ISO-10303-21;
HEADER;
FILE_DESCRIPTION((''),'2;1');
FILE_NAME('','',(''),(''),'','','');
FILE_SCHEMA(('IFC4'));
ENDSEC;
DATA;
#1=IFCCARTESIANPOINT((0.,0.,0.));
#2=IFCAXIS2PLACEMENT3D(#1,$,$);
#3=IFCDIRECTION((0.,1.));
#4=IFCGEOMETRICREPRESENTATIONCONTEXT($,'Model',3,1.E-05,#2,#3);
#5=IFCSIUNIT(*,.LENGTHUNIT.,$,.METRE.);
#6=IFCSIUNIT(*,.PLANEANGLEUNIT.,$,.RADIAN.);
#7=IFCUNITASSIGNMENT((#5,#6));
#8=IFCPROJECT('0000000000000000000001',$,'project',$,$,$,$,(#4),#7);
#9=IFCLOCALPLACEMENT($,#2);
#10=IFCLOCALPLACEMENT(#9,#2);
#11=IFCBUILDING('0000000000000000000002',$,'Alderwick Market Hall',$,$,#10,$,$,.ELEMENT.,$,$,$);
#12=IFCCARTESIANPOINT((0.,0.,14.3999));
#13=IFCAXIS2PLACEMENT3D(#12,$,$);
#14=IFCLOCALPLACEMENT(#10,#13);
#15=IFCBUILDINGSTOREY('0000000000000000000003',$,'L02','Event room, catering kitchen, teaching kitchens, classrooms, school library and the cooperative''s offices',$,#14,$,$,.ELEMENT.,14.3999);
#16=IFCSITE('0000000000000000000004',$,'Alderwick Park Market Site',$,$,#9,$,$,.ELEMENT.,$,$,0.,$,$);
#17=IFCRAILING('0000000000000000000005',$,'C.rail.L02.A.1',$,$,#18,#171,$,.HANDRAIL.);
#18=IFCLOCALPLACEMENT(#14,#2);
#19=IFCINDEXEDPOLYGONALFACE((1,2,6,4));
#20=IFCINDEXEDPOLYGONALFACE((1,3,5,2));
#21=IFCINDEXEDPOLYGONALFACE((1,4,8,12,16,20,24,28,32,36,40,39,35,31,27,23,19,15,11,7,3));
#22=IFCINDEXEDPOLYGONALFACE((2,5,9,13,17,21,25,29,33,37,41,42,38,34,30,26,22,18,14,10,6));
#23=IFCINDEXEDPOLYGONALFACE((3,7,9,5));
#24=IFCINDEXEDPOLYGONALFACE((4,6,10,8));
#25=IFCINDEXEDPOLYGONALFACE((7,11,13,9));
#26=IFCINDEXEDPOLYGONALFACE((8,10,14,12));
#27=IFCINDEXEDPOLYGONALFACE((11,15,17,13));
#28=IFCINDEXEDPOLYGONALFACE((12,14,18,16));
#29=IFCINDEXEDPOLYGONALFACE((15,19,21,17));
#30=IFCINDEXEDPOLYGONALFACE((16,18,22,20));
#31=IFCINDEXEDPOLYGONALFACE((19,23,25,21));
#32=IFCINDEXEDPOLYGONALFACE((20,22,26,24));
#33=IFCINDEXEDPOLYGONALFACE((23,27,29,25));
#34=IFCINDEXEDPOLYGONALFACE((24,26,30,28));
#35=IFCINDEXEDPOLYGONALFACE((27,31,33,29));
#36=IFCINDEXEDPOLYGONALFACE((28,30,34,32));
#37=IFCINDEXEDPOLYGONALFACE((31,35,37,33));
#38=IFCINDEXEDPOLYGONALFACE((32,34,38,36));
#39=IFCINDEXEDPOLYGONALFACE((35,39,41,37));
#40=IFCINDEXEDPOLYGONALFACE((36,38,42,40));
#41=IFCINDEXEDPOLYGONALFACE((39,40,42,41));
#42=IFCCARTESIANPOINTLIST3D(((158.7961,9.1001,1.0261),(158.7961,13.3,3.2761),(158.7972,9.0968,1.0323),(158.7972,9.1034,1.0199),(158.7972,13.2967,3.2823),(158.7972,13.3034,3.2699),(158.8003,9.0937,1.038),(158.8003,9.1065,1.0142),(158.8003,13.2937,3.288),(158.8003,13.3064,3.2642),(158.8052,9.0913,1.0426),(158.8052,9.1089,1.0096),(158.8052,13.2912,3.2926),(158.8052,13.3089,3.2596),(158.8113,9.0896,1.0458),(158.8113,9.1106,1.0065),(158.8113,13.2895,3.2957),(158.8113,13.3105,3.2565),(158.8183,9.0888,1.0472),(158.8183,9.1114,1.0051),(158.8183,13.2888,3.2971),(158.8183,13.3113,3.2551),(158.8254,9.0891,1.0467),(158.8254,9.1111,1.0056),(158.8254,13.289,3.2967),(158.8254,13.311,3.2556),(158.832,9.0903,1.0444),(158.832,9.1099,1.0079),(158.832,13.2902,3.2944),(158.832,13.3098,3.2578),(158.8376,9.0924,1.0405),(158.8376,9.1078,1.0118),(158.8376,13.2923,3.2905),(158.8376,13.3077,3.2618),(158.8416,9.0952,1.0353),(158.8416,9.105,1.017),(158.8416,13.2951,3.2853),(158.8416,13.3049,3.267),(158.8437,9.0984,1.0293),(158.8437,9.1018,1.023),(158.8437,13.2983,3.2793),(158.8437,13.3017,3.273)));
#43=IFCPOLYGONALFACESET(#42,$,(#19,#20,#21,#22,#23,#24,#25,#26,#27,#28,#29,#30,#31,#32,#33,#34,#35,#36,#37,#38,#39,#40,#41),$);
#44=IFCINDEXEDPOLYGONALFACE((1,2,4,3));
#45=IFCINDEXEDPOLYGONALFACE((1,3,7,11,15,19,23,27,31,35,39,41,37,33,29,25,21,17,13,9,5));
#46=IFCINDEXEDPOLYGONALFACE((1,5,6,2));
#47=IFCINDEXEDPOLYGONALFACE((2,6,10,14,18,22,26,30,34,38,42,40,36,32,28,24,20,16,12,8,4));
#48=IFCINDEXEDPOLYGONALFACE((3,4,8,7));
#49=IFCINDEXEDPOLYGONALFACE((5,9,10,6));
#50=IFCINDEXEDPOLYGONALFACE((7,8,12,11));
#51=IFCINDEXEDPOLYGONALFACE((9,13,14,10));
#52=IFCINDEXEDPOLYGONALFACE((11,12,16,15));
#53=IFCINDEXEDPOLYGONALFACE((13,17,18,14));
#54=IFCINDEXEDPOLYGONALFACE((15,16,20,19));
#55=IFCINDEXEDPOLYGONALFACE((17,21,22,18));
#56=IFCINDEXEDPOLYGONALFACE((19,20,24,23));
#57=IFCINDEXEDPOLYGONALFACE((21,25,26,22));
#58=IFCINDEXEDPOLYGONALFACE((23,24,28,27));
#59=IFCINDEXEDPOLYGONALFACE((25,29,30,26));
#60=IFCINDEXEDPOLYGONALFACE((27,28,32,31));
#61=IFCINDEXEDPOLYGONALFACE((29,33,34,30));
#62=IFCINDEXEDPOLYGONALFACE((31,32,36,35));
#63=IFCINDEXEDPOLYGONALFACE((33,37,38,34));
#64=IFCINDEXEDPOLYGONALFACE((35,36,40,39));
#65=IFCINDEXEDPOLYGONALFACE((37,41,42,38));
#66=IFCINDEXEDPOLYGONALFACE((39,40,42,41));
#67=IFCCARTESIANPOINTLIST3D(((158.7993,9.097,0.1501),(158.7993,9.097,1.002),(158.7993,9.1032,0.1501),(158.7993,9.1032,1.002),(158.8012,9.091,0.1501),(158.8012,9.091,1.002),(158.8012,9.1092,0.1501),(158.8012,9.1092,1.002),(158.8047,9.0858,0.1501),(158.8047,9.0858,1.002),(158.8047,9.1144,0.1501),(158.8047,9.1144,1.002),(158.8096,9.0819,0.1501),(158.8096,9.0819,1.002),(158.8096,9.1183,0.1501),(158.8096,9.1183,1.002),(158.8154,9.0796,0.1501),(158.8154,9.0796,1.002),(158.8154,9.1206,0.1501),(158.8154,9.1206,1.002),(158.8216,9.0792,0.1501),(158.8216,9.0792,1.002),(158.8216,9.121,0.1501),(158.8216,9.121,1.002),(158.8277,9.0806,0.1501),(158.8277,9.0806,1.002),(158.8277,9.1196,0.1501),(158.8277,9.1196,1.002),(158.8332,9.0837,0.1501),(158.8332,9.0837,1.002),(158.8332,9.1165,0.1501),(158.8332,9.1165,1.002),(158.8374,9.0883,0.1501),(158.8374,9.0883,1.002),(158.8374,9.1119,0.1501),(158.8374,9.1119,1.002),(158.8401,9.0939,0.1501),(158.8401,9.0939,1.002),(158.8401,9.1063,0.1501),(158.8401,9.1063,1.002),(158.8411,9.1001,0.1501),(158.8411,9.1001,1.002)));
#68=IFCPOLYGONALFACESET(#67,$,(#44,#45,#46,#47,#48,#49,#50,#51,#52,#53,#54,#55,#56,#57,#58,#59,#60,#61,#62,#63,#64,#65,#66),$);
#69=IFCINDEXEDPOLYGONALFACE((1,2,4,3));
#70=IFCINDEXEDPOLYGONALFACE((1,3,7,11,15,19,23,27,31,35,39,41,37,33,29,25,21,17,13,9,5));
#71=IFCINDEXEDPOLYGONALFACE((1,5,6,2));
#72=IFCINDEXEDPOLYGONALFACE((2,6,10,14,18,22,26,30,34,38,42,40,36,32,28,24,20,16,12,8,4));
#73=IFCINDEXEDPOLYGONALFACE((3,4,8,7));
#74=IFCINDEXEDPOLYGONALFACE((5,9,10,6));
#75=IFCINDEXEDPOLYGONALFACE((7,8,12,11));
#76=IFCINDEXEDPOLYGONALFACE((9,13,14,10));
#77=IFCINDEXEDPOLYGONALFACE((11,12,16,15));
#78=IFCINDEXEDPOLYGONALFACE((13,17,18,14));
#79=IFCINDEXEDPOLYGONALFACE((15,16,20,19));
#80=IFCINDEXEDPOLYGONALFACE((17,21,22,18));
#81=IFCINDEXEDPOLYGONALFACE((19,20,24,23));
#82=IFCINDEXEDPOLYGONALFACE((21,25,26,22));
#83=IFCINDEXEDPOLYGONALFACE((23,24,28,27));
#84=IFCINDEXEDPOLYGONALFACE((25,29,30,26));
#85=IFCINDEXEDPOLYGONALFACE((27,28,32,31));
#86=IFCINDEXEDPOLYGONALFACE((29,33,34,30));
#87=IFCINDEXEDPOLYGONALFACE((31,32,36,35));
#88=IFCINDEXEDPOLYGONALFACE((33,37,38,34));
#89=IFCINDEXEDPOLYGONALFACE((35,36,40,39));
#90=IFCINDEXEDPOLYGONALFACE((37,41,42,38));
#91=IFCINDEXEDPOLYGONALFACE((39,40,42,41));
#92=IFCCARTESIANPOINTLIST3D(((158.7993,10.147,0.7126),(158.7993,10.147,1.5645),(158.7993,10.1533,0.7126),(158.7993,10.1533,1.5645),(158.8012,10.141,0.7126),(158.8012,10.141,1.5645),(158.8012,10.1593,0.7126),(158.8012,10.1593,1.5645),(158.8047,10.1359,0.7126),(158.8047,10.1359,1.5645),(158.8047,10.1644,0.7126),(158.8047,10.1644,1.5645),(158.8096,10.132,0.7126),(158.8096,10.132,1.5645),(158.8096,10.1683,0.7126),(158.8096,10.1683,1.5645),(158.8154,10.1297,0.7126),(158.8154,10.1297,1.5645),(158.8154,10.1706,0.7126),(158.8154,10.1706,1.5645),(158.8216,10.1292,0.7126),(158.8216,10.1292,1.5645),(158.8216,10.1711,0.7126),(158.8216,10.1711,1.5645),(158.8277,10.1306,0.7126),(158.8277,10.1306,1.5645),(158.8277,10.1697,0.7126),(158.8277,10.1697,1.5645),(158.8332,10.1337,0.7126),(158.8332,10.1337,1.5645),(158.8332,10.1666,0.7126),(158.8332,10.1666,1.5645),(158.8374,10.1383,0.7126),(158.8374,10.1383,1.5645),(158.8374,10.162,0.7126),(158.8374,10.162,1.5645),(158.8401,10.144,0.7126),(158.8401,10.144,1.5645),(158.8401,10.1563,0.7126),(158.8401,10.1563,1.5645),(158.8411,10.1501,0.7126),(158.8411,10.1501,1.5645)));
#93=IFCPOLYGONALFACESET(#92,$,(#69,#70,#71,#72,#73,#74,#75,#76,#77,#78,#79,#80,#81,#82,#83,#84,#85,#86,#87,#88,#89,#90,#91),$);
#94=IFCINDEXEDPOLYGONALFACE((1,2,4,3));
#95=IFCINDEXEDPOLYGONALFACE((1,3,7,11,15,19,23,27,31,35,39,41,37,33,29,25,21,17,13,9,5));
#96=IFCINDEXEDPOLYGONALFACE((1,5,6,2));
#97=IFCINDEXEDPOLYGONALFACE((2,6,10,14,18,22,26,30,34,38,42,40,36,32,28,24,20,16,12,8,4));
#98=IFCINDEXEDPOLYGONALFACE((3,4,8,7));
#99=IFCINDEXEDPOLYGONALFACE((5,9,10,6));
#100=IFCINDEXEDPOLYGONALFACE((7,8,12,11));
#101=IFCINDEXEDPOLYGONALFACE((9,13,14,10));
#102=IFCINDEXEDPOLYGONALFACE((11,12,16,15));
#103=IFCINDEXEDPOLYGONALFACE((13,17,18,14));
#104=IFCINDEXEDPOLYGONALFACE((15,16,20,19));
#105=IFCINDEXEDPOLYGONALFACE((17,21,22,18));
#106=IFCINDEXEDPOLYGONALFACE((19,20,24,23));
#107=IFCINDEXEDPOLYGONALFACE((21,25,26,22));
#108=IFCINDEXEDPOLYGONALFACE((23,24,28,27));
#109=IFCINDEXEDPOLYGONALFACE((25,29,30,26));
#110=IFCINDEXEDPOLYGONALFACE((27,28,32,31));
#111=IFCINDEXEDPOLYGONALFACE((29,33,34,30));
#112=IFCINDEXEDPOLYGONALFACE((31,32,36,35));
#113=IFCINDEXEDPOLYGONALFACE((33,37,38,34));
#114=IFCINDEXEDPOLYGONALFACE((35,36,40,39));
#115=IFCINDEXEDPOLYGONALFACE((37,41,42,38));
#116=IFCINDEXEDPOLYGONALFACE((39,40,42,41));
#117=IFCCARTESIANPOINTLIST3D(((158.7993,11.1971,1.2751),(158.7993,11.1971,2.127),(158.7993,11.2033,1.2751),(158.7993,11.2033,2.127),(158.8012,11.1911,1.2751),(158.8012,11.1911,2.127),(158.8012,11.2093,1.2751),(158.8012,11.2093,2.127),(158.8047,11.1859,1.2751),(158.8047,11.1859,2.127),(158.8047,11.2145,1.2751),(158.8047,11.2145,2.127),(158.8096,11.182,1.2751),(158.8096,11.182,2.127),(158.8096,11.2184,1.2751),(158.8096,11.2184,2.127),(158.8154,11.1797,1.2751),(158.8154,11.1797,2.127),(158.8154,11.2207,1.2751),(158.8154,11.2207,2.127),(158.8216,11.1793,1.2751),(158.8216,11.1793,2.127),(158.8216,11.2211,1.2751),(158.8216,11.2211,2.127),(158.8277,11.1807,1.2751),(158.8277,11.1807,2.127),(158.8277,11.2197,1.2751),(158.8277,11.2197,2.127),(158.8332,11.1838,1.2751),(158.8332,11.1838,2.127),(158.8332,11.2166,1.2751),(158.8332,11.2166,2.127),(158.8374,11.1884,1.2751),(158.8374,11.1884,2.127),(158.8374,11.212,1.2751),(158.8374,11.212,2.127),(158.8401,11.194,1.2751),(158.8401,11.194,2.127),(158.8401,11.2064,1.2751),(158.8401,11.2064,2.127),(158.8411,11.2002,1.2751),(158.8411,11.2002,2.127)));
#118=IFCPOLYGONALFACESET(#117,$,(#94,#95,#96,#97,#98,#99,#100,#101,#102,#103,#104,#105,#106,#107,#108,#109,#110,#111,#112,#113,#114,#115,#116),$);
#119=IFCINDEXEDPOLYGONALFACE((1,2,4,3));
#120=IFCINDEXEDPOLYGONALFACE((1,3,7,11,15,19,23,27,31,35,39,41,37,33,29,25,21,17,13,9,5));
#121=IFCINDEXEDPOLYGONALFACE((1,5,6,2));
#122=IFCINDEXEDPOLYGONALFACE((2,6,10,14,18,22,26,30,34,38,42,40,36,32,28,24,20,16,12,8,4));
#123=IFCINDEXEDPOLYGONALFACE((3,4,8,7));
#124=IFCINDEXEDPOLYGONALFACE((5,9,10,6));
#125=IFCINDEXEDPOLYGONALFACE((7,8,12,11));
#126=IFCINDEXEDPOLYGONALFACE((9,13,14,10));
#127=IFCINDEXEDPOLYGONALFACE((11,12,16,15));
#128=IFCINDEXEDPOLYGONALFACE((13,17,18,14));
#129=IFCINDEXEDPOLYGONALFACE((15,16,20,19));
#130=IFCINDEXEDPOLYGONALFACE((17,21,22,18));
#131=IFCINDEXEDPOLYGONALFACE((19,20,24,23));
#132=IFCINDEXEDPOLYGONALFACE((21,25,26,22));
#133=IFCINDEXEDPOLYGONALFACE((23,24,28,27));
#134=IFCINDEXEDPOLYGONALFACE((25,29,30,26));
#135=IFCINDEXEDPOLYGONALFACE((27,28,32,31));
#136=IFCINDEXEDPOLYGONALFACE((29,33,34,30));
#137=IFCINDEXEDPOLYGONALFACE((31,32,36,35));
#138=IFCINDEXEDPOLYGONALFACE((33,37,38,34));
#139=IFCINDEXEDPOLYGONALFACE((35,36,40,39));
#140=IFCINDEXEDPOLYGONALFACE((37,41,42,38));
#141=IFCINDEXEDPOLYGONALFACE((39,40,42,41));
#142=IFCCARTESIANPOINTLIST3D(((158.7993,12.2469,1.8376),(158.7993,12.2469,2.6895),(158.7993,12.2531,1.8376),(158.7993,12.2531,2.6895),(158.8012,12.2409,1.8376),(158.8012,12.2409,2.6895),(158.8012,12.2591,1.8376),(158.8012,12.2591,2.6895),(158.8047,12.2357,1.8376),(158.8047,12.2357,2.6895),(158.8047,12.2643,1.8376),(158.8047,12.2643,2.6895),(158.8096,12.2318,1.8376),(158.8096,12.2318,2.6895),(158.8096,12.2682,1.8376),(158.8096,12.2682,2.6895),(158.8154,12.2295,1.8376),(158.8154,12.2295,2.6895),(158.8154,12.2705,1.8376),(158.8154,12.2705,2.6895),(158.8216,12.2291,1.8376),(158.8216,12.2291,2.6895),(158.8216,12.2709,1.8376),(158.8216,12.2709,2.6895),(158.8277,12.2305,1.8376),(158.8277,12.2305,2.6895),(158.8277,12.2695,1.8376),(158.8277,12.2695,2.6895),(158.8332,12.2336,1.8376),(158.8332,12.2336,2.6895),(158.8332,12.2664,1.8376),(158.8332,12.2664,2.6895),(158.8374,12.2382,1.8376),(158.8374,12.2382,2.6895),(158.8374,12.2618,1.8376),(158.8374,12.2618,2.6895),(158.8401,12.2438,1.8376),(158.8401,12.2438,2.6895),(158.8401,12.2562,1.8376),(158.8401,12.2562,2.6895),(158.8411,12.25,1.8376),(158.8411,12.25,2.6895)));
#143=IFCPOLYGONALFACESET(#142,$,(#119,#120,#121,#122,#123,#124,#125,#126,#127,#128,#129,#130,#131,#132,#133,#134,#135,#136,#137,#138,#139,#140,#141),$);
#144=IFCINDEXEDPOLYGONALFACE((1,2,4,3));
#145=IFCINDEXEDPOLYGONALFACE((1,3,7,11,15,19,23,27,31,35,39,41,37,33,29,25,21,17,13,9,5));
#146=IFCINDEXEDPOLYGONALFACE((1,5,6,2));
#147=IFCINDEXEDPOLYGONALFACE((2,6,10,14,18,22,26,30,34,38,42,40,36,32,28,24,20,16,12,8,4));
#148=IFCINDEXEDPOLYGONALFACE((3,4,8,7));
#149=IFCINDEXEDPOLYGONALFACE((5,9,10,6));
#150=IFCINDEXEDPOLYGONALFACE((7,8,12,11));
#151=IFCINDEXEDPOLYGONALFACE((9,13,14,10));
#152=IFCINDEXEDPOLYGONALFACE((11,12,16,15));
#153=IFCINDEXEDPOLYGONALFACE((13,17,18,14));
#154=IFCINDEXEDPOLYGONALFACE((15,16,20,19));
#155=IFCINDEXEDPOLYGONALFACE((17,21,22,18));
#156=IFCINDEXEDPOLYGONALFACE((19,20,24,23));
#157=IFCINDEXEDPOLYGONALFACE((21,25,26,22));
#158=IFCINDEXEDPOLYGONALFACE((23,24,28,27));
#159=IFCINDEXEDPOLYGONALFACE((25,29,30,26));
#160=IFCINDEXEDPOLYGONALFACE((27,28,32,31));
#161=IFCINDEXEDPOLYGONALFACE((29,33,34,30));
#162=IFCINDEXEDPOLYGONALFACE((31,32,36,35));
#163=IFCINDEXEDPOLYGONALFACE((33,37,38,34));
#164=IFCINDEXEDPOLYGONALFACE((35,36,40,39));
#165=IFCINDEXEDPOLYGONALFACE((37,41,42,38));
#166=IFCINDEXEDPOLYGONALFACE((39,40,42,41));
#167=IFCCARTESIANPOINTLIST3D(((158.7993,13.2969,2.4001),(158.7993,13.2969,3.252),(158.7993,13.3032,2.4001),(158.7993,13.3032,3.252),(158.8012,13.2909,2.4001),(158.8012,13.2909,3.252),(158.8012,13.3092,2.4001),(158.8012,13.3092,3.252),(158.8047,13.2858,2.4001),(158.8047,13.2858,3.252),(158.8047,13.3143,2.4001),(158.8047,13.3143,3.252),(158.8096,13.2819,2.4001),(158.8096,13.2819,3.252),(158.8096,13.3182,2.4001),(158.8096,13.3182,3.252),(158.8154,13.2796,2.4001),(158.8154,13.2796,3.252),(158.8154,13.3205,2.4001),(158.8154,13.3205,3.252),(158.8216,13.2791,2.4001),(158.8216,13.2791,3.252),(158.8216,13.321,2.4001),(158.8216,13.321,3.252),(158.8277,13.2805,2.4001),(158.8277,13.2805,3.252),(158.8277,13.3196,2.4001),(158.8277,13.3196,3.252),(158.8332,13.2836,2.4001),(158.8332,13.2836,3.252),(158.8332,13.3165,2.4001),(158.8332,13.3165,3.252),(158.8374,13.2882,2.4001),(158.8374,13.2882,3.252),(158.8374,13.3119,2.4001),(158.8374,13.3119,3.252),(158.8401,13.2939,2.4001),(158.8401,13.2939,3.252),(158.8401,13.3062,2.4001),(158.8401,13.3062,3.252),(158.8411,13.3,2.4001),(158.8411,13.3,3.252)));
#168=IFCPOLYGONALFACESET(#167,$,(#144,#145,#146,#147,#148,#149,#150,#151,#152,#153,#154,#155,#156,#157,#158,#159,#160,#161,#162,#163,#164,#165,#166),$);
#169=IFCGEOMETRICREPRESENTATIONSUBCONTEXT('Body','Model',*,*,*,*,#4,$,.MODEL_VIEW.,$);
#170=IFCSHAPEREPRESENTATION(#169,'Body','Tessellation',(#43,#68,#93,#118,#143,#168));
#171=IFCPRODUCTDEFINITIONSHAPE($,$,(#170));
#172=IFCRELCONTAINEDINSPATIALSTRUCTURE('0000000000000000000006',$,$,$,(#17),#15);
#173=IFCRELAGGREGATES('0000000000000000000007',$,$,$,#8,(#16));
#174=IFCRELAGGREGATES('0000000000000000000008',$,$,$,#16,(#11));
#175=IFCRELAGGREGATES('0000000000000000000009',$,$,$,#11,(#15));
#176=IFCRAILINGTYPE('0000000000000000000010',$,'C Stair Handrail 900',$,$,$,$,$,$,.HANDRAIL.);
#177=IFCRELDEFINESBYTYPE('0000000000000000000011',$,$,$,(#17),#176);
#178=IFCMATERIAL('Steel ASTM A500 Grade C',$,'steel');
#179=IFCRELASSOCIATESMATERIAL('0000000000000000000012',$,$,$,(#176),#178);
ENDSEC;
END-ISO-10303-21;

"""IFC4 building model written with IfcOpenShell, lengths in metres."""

from ifc_helpers import new_model, si_unit, direction, frame, origin, origin_2d, place, context, subcontext, project, spatial, circle, extrude, material, type_object, element, save


model = new_model("IFC4")

# Units and contexts
model_context = context("Model", 3, precision=1e-05, world=origin(), true_north=direction((0.0, 1.0)))
body_context = subcontext(model_context, "Body", "Model", "MODEL_VIEW")
ifc_project = project(units=[si_unit("LENGTHUNIT", "METRE"), si_unit("PLANEANGLEUNIT", "RADIAN")], contexts=[model_context])

# Site, building, storey
site_placement = place(None, origin())
site = spatial("IfcSite", under=ifc_project, at=site_placement, Name="Alderwick Park Market Site", CompositionType="ELEMENT", RefElevation=0.0)
building_placement = place(site_placement, origin())
building = spatial("IfcBuilding", under=site, at=building_placement, Name="Alderwick Market Hall", CompositionType="ELEMENT")
storey_placement = place(building_placement, frame((0.0, 0.0, 14.3999)))
storey = spatial("IfcBuildingStorey", under=building, at=storey_placement, Name="L02", Description="Event room, catering kitchen, teaching kitchens, classrooms, school library and the cooperative's offices", CompositionType="ELEMENT", Elevation=14.3999)

# Railing
ifc_material_1 = material(Name="Steel ASTM A500 Grade C", Category="steel")
railing_type_1 = type_object("IfcRailingType", Name="C Stair Handrail 900", PredefinedType="HANDRAIL", material=ifc_material_1)
for number, where, name in (
    (1, (158.8201, 9.1001, 0.1501), "C.rail.L02.A.1"),
):
    element("IfcRailing", number, at=place(storey_placement, frame(where)), inside=storey, type_object=railing_type_1, Name=name, PredefinedType="HANDRAIL", context=body_context, shape_type="SweptSolid", body=[
        extrude(circle(Radius=0.0239, at=origin_2d()), frame((0.0, 0.0, 0.876), z_axis=(0.0, 0.881478, 0.472226), x_axis=(-1.0, 0.0, 0.0)), (0.0, 0.0, 1.0), 4.7646),
        extrude(circle(Radius=0.021, at=origin_2d()), origin(), (0.0, 0.0, 1.0), 0.8518),
        extrude(circle(Radius=0.021, at=origin_2d()), frame((0.0, 1.05, 0.5625)), (0.0, 0.0, 1.0), 0.8518),
        extrude(circle(Radius=0.021, at=origin_2d()), frame((0.0, 2.1001, 1.125)), (0.0, 0.0, 1.0), 0.8518),
        extrude(circle(Radius=0.021, at=origin_2d()), frame((0.0, 3.1499, 1.6875)), (0.0, 0.0, 1.0), 0.8518),
        extrude(circle(Radius=0.021, at=origin_2d()), frame((0.0, 4.2, 2.25)), (0.0, 0.0, 1.0), 0.8518),
    ])

save(model, "model.ifc")
